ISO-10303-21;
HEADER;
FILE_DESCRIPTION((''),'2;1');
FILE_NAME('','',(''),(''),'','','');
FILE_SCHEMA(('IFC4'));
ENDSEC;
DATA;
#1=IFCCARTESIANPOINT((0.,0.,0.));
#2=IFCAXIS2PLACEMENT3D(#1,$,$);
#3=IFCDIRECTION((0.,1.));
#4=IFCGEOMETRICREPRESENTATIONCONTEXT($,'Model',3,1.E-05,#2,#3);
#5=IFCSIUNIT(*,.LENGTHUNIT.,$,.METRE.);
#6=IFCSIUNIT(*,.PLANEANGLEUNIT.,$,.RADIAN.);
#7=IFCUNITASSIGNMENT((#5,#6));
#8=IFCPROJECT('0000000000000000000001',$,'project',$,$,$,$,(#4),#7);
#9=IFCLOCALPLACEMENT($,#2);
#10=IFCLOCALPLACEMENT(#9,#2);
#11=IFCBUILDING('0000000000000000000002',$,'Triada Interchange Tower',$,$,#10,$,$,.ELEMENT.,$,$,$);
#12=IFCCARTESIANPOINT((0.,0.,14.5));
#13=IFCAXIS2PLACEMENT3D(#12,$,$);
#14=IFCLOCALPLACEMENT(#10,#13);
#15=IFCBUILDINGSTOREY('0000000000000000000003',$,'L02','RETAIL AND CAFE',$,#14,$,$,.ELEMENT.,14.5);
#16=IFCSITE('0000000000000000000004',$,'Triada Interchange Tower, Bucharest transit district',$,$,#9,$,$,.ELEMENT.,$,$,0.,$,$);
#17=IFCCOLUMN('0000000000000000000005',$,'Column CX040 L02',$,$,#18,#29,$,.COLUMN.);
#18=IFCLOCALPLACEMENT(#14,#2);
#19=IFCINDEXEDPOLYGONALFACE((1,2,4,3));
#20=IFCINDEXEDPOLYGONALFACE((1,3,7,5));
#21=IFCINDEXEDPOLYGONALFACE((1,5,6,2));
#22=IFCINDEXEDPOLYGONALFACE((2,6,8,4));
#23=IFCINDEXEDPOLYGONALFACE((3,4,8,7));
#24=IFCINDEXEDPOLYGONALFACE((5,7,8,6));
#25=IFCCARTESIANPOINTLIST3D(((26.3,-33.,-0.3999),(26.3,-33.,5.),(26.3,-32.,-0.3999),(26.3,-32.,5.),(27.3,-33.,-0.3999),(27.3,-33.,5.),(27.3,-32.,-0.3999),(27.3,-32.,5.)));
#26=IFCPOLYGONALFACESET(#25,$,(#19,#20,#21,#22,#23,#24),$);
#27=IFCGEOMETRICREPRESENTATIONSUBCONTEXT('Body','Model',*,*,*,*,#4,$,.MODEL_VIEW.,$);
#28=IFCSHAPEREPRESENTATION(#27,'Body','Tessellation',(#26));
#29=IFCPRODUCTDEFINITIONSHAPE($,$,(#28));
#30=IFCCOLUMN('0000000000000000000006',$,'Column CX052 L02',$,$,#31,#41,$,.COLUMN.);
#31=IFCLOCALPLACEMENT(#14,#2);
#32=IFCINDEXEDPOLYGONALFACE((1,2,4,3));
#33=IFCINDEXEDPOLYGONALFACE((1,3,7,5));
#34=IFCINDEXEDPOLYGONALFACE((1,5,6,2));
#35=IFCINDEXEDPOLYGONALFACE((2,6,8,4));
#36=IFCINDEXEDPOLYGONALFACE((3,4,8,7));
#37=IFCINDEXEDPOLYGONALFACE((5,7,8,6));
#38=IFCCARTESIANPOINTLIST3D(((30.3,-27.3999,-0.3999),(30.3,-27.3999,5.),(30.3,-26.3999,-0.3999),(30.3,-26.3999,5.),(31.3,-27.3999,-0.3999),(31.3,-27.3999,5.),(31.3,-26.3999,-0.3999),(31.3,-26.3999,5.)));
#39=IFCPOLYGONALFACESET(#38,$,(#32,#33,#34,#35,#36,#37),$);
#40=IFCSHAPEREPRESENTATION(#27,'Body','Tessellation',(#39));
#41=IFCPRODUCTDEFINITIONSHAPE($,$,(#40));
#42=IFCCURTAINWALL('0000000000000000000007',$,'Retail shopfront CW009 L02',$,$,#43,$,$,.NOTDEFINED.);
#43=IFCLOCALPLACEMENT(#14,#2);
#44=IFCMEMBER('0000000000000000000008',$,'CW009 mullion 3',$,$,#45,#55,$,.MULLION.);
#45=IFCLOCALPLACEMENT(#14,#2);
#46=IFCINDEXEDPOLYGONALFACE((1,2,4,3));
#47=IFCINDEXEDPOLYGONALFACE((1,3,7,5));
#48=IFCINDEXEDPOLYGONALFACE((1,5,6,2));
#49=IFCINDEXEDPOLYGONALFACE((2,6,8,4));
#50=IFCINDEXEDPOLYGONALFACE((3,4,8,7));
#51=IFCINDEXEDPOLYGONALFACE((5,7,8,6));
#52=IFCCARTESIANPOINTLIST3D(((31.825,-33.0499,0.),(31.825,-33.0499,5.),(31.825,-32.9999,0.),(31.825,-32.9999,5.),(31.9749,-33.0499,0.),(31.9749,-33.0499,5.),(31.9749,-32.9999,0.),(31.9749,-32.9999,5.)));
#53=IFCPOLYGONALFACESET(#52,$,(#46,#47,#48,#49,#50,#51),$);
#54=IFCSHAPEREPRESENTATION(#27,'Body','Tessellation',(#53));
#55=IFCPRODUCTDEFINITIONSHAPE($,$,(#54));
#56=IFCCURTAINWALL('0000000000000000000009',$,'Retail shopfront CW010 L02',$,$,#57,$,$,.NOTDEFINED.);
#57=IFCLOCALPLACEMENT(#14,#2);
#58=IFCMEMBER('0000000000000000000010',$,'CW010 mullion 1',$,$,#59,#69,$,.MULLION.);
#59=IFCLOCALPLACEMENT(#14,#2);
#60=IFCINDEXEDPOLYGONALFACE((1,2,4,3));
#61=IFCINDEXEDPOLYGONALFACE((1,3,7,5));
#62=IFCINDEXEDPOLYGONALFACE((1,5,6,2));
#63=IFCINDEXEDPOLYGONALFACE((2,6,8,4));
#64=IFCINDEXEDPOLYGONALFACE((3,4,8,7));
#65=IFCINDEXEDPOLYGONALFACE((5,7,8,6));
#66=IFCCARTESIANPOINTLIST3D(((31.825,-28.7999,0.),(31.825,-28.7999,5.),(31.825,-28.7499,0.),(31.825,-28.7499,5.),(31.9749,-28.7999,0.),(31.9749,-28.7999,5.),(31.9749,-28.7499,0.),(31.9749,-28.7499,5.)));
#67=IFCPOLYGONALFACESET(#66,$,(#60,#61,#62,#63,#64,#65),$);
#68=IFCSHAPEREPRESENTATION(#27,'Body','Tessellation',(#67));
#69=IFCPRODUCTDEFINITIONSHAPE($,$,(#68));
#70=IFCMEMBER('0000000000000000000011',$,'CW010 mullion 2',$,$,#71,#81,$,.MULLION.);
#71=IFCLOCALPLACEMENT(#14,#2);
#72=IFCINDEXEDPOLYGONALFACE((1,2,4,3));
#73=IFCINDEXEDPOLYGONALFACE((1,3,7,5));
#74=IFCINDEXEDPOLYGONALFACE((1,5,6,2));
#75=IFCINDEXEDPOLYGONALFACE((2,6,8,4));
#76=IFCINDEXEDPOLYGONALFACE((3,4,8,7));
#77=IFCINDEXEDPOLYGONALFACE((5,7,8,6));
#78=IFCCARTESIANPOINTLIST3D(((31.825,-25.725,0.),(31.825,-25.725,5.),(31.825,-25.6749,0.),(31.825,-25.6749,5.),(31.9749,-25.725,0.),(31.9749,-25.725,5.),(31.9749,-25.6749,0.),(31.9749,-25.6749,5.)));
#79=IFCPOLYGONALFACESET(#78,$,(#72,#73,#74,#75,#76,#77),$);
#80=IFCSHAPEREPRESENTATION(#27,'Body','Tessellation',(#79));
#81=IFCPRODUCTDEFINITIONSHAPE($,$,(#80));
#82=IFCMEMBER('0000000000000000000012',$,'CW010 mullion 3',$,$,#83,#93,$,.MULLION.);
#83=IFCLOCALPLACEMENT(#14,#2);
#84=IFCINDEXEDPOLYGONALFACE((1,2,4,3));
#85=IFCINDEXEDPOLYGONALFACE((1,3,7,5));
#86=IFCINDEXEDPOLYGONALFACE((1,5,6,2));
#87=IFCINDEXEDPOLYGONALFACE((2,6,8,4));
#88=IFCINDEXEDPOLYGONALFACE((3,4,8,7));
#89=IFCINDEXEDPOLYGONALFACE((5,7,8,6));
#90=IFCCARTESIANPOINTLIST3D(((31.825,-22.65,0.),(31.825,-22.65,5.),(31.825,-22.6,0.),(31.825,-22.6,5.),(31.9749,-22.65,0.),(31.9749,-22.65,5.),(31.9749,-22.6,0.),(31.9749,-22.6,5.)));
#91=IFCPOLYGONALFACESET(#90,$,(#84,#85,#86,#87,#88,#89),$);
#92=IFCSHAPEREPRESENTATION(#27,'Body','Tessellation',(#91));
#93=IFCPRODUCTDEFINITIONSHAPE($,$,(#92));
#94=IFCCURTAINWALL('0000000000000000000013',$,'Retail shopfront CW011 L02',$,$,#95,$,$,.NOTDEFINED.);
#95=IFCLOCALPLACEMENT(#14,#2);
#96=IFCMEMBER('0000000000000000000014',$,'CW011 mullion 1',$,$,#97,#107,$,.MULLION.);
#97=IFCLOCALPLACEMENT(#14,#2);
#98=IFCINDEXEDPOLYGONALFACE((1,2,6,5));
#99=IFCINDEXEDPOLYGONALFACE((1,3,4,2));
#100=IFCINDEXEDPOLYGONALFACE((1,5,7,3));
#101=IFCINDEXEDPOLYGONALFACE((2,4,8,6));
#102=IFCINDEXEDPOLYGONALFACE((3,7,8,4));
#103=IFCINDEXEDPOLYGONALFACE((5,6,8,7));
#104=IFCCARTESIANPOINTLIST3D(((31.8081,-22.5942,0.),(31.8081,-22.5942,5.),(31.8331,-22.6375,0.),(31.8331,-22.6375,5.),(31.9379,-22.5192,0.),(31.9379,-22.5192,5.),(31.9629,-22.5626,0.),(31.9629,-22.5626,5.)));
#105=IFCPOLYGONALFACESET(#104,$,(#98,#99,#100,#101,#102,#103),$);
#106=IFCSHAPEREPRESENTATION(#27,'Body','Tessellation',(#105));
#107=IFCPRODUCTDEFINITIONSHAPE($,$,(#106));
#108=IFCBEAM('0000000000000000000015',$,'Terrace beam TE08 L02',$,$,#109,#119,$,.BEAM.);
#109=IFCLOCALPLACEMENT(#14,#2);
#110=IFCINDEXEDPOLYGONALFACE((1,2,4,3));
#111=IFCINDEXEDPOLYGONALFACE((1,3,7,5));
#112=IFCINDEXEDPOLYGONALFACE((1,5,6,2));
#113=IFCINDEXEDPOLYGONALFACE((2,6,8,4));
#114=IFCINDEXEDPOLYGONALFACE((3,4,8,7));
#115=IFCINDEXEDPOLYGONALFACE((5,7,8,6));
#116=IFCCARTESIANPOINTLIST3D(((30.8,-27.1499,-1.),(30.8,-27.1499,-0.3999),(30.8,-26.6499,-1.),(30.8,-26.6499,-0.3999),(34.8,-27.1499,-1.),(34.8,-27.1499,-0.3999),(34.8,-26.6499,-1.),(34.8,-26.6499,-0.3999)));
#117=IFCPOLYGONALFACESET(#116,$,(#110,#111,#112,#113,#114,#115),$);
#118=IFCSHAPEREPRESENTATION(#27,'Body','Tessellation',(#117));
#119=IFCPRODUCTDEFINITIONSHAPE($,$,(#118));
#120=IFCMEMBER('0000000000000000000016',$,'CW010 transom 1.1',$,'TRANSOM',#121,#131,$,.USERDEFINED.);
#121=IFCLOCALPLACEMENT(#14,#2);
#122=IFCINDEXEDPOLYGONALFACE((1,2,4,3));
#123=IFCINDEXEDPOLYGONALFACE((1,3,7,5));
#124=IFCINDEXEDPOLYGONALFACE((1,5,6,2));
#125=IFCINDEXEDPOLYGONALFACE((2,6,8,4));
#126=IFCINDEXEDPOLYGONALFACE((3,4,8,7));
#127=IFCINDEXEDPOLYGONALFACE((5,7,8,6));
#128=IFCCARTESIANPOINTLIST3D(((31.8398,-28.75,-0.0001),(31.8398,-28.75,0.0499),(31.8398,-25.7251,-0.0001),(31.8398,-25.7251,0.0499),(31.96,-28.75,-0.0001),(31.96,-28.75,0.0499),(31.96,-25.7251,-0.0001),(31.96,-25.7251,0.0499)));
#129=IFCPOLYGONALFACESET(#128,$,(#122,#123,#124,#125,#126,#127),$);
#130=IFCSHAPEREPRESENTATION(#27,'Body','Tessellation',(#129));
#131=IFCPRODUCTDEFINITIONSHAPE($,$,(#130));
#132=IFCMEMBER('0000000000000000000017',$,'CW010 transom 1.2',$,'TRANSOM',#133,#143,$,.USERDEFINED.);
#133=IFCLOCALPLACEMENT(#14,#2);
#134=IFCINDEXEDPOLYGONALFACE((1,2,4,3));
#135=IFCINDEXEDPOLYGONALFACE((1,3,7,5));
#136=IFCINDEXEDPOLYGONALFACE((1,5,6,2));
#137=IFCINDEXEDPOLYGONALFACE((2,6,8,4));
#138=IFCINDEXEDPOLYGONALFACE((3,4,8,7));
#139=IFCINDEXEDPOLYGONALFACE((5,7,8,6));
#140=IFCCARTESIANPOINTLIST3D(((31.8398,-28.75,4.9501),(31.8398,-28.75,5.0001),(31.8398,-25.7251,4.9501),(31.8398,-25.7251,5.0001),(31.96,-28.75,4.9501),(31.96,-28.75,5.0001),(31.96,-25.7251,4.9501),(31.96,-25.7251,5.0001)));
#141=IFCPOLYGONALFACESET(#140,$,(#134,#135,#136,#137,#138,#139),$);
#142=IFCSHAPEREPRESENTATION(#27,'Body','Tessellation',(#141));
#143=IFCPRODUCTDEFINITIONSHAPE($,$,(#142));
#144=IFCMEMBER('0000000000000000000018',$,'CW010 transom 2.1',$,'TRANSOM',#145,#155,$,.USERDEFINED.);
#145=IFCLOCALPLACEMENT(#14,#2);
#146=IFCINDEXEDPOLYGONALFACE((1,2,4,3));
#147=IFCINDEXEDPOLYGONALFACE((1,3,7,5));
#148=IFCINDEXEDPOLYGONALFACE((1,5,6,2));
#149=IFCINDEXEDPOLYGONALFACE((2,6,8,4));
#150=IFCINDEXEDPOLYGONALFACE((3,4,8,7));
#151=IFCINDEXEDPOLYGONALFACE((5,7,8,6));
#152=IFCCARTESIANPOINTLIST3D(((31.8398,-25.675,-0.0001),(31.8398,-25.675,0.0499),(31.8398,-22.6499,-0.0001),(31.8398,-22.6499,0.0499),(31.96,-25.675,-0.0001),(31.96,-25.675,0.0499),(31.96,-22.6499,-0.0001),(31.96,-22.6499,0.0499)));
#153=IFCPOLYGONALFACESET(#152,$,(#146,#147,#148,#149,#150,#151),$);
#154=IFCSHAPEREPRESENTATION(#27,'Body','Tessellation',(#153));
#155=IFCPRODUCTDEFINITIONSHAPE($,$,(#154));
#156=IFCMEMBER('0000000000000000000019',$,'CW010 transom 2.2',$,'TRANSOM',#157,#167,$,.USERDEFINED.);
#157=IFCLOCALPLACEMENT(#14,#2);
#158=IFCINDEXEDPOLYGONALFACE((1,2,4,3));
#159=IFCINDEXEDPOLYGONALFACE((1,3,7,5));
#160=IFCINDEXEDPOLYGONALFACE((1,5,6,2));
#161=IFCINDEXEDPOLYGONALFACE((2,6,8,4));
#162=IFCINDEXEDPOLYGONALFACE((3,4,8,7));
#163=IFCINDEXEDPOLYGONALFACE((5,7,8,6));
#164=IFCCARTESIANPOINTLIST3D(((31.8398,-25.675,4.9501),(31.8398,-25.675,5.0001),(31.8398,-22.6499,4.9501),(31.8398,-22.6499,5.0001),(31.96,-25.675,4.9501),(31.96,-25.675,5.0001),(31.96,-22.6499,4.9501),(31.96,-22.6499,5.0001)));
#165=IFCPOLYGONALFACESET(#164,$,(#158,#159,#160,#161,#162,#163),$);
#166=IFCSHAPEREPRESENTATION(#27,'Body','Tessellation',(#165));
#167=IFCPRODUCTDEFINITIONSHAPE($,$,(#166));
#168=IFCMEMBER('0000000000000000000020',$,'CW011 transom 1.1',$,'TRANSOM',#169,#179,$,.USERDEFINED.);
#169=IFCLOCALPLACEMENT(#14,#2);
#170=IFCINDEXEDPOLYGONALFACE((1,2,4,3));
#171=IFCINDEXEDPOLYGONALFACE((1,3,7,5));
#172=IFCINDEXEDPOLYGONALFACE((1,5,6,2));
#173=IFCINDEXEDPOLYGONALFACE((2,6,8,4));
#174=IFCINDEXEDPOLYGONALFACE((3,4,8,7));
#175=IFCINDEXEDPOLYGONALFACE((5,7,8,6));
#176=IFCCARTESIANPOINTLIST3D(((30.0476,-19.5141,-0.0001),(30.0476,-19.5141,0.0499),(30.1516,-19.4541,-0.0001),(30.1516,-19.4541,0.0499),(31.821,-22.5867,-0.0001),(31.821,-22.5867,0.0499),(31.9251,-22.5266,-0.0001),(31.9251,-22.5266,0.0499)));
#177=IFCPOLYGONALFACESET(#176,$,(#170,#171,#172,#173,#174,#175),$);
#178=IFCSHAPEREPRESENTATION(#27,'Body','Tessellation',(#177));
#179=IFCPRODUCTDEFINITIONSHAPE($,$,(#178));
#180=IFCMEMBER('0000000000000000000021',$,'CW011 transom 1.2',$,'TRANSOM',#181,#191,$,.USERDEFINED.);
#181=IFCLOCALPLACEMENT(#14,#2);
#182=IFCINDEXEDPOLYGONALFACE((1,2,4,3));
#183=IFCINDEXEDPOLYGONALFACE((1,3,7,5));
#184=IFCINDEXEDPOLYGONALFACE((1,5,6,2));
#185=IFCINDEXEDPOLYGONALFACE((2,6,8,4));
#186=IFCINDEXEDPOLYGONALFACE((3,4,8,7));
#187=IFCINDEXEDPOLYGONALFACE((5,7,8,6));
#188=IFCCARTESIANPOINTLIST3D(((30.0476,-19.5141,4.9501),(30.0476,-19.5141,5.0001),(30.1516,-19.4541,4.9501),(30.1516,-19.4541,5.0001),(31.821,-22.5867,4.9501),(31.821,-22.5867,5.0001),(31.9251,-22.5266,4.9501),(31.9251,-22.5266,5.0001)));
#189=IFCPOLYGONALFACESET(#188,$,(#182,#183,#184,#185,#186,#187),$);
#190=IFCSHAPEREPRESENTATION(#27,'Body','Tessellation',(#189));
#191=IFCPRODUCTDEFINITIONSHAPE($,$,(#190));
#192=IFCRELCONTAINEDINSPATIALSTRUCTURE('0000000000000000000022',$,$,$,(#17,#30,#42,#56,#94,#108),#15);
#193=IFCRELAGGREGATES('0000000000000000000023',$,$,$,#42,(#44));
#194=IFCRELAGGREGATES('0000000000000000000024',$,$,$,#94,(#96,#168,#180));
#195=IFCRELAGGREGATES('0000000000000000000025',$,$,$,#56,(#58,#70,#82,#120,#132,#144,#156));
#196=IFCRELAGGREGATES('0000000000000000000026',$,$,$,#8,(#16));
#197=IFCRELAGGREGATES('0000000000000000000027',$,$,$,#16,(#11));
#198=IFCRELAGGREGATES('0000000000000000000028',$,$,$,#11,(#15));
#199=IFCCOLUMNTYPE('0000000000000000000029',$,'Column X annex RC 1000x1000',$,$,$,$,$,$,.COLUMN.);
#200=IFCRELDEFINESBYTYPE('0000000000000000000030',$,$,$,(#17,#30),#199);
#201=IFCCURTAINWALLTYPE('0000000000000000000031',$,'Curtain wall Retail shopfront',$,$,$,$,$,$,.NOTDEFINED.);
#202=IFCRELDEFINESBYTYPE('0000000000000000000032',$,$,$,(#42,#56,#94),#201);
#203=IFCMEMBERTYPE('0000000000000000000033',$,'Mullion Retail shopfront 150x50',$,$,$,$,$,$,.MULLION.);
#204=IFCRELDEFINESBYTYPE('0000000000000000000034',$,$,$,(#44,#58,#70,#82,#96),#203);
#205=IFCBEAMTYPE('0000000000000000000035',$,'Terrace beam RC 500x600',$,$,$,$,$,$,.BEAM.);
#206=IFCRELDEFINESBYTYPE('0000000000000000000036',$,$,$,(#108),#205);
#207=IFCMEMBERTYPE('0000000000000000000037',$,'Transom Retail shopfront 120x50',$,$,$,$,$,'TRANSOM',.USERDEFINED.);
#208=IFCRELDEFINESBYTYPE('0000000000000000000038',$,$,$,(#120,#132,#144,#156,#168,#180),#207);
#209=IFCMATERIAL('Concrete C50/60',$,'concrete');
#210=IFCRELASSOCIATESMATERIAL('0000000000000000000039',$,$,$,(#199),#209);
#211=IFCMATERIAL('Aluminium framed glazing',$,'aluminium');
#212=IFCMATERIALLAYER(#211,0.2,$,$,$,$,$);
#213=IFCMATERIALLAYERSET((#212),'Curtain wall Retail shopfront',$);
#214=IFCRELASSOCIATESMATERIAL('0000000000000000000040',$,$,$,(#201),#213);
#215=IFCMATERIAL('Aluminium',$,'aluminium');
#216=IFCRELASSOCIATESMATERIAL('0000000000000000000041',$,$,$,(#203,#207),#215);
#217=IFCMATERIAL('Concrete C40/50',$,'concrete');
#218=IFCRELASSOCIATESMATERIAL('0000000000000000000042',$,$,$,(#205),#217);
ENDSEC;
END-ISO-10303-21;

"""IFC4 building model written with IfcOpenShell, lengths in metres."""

from ifc_helpers import new_model, si_unit, direction, frame, origin, origin_2d, place, context, subcontext, project, spatial, rectangle, extrude, material, layer, layer_set, material_profile, profile_set, type_object, element, aggregate, save


model = new_model("IFC4")

# Units and contexts
model_context = context("Model", 3, precision=1e-05, world=origin(), true_north=direction((0.0, 1.0)))
body_context = subcontext(model_context, "Body", "Model", "MODEL_VIEW")
ifc_project = project(units=[si_unit("LENGTHUNIT", "METRE"), si_unit("PLANEANGLEUNIT", "RADIAN")], contexts=[model_context])

# Site, building, storey
site_placement = place(None, origin())
site = spatial("IfcSite", under=ifc_project, at=site_placement, Name="Triada Interchange Tower, Bucharest transit district", CompositionType="ELEMENT", RefElevation=0.0)
building_placement = place(site_placement, origin())
building = spatial("IfcBuilding", under=site, at=building_placement, Name="Triada Interchange Tower", CompositionType="ELEMENT")
storey_placement = place(building_placement, frame((0.0, 0.0, 14.5)))
storey = spatial("IfcBuildingStorey", under=building, at=storey_placement, Name="L02", Description="RETAIL AND CAFE", CompositionType="ELEMENT", Elevation=14.5)

# Columns
ifc_material_1 = material(Name="Concrete C50/60", Category="concrete")
ifc_material_profile_1 = material_profile(ifc_material_1, rectangle(XDim=1.0, YDim=1.0, at=origin_2d()), Name="RC 1000x1000")
ifc_profile_set_1 = profile_set([ifc_material_profile_1], Name="Concrete C50/60")
column_type = type_object("IfcColumnType", Name="Column X annex RC 1000x1000", PredefinedType="COLUMN", material=ifc_profile_set_1)
for number, where, z_axis, x_axis, name in (
    (1, (26.8, -32.5, -0.3999), (0.0, 0.0, 1.0), (1.0, 0.0, 0.0), "Column CX040 L02"),
    (2, (30.8, -26.8999, -0.3999), (0.0, 0.0, 1.0), (1.0, 0.0, 0.0), "Column CX052 L02"),
):
    element("IfcColumn", number, at=place(storey_placement, frame(where, z_axis=z_axis, x_axis=x_axis)), inside=storey, type_object=column_type, Name=name, PredefinedType="COLUMN", context=body_context, shape_type="SweptSolid", body=[
        extrude(rectangle(XDim=1.0, YDim=1.0, at=origin_2d()), origin(), (0.0, 0.0, 1.0), 5.3999),
    ])

# Curtain wall, member
ifc_material_2 = material(Name="Aluminium framed glazing", Category="aluminium")
ifc_layer_1 = layer(ifc_material_2, 0.2)
ifc_layer_set_1 = layer_set([ifc_layer_1], Name="Curtain wall Retail shopfront")
curtain_wall_type = type_object("IfcCurtainWallType", Name="Curtain wall Retail shopfront", PredefinedType="NOTDEFINED", material=ifc_layer_set_1)
curtain_wall_1_placement = place(storey_placement, origin())
curtain_wall_1 = element("IfcCurtainWall", 3, at=curtain_wall_1_placement, inside=storey, type_object=curtain_wall_type, Name="Retail shopfront CW009 L02", PredefinedType="NOTDEFINED")
ifc_material_3 = material(Name="Aluminium", Category="aluminium")
ifc_material_profile_2 = material_profile(ifc_material_3, rectangle(XDim=0.1499, YDim=0.05, at=origin_2d()), Name="Aluminium mullion")
ifc_profile_set_2 = profile_set([ifc_material_profile_2], Name="Aluminium")
member_type_1 = type_object("IfcMemberType", Name="Mullion Retail shopfront 150x50", PredefinedType="MULLION", material=ifc_profile_set_2)
member_1_placement = place(storey_placement, frame((31.8999, -33.0249, 0.0), z_axis=(0.0, 0.0, 1.0), x_axis=(-1.0, 0.0, 0.0)))
member_1 = element("IfcMember", 4, at=member_1_placement, type_object=member_type_1, Name="CW009 mullion 3", PredefinedType="MULLION", context=body_context, shape_type="SweptSolid", body=[
    extrude(rectangle(XDim=0.1499, YDim=0.05, at=origin_2d()), origin(), (0.0, 0.0, 1.0), 5.0),
])
aggregate(curtain_wall_1, [member_1])

# Curtain wall, members
curtain_wall_2_placement = place(storey_placement, origin())
curtain_wall_2 = element("IfcCurtainWall", 5, at=curtain_wall_2_placement, inside=storey, type_object=curtain_wall_type, Name="Retail shopfront CW010 L02", PredefinedType="NOTDEFINED")
member_2_placement = place(storey_placement, frame((31.8999, -28.7749, 0.0), z_axis=(0.0, 0.0, 1.0), x_axis=(-1.0, 0.0, 0.0)))
member_2 = element("IfcMember", 6, at=member_2_placement, type_object=member_type_1, Name="CW010 mullion 1", PredefinedType="MULLION", context=body_context, shape_type="SweptSolid", body=[
    extrude(rectangle(XDim=0.1499, YDim=0.05, at=origin_2d()), origin(), (0.0, 0.0, 1.0), 5.0),
])
member_3_placement = place(storey_placement, frame((31.8999, -25.7, 0.0), z_axis=(0.0, 0.0, 1.0), x_axis=(-1.0, 0.0, 0.0)))
member_3 = element("IfcMember", 7, at=member_3_placement, type_object=member_type_1, Name="CW010 mullion 2", PredefinedType="MULLION", context=body_context, shape_type="SweptSolid", body=[
    extrude(rectangle(XDim=0.1499, YDim=0.05, at=origin_2d()), origin(), (0.0, 0.0, 1.0), 5.0),
])
member_4_placement = place(storey_placement, frame((31.8999, -22.625, 0.0), z_axis=(0.0, 0.0, 1.0), x_axis=(-1.0, 0.0, 0.0)))
member_4 = element("IfcMember", 8, at=member_4_placement, type_object=member_type_1, Name="CW010 mullion 3", PredefinedType="MULLION", context=body_context, shape_type="SweptSolid", body=[
    extrude(rectangle(XDim=0.1499, YDim=0.05, at=origin_2d()), origin(), (0.0, 0.0, 1.0), 5.0),
])

# Curtain wall, member
curtain_wall_3_placement = place(storey_placement, origin())
curtain_wall_3 = element("IfcCurtainWall", 9, at=curtain_wall_3_placement, inside=storey, type_object=curtain_wall_type, Name="Retail shopfront CW011 L02", PredefinedType="NOTDEFINED")
member_5_placement = place(storey_placement, frame((31.8855, -22.5784, 0.0), z_axis=(0.0, 0.0, 1.0), x_axis=(-0.866078, -0.49991, 0.0)))
member_5 = element("IfcMember", 10, at=member_5_placement, type_object=member_type_1, Name="CW011 mullion 1", PredefinedType="MULLION", context=body_context, shape_type="SweptSolid", body=[
    extrude(rectangle(XDim=0.1499, YDim=0.05, at=origin_2d()), origin(), (0.0, 0.0, 1.0), 5.0),
])

# Beam
ifc_material_4 = material(Name="Concrete C40/50", Category="concrete")
ifc_material_profile_3 = material_profile(ifc_material_4, rectangle(XDim=0.5, YDim=0.6001, at=origin_2d()), Name="RC 500x600")
ifc_profile_set_3 = profile_set([ifc_material_profile_3], Name="Concrete C40/50")
beam_type = type_object("IfcBeamType", Name="Terrace beam RC 500x600", PredefinedType="BEAM", material=ifc_profile_set_3)
beam_placement = place(storey_placement, frame((34.8, -26.8999, -0.7), z_axis=(-1.0, 0.0, 0.0), x_axis=(0.0, -1.0, 0.0)))
element("IfcBeam", 11, at=beam_placement, inside=storey, type_object=beam_type, Name="Terrace beam TE08 L02", PredefinedType="BEAM", context=body_context, shape_type="SweptSolid", body=[
    extrude(rectangle(XDim=0.5, YDim=0.6001, at=origin_2d()), origin(), (0.0, 0.0, 1.0), 4.0),
])

# Members
ifc_material_profile_4 = material_profile(ifc_material_3, rectangle(XDim=0.1201, YDim=0.05, at=origin_2d()), Name="Aluminium transom")
ifc_profile_set_4 = profile_set([ifc_material_profile_4], Name="Aluminium")
member_type_2 = type_object("IfcMemberType", Name="Transom Retail shopfront 120x50", ElementType="TRANSOM", PredefinedType="USERDEFINED", material=ifc_profile_set_4)
member_6_placement = place(storey_placement, frame((31.8999, -28.75, 0.0249), z_axis=(0.0, 1.0, 0.0), x_axis=(-1.0, 0.0, 0.0)))
member_6 = element("IfcMember", 12, at=member_6_placement, type_object=member_type_2, Name="CW010 transom 1.1", ObjectType="TRANSOM", PredefinedType="USERDEFINED", context=body_context, shape_type="SweptSolid", body=[
    extrude(rectangle(XDim=0.1201, YDim=0.05, at=origin_2d()), origin(), (0.0, 0.0, 1.0), 3.0249),
])
member_7_placement = place(storey_placement, frame((31.8999, -28.75, 4.9751), z_axis=(0.0, 1.0, 0.0), x_axis=(-1.0, 0.0, 0.0)))
member_7 = element("IfcMember", 13, at=member_7_placement, type_object=member_type_2, Name="CW010 transom 1.2", ObjectType="TRANSOM", PredefinedType="USERDEFINED", context=body_context, shape_type="SweptSolid", body=[
    extrude(rectangle(XDim=0.1201, YDim=0.05, at=origin_2d()), origin(), (0.0, 0.0, 1.0), 3.0249),
])
member_8_placement = place(storey_placement, frame((31.8999, -25.675, 0.0249), z_axis=(0.0, 1.0, 0.0), x_axis=(-1.0, 0.0, 0.0)))
member_8 = element("IfcMember", 14, at=member_8_placement, type_object=member_type_2, Name="CW010 transom 2.1", ObjectType="TRANSOM", PredefinedType="USERDEFINED", context=body_context, shape_type="SweptSolid", body=[
    extrude(rectangle(XDim=0.1201, YDim=0.05, at=origin_2d()), origin(), (0.0, 0.0, 1.0), 3.0251),
])
member_9_placement = place(storey_placement, frame((31.8999, -25.675, 4.9751), z_axis=(0.0, 1.0, 0.0), x_axis=(-1.0, 0.0, 0.0)))
member_9 = element("IfcMember", 15, at=member_9_placement, type_object=member_type_2, Name="CW010 transom 2.2", ObjectType="TRANSOM", PredefinedType="USERDEFINED", context=body_context, shape_type="SweptSolid", body=[
    extrude(rectangle(XDim=0.1201, YDim=0.05, at=origin_2d()), origin(), (0.0, 0.0, 1.0), 3.0251),
])
member_10_placement = place(storey_placement, frame((31.873, -22.5566, 0.0249), z_axis=(-0.499899, 0.866084, 0.0), x_axis=(-0.866084, -0.499899, 0.0)))
member_10 = element("IfcMember", 16, at=member_10_placement, type_object=member_type_2, Name="CW011 transom 1.1", ObjectType="TRANSOM", PredefinedType="USERDEFINED", context=body_context, shape_type="SweptSolid", body=[
    extrude(rectangle(XDim=0.1201, YDim=0.05, at=origin_2d()), origin(), (0.0, 0.0, 1.0), 3.5476),
])
member_11_placement = place(storey_placement, frame((31.873, -22.5566, 4.9751), z_axis=(-0.499899, 0.866084, 0.0), x_axis=(-0.866084, -0.499899, 0.0)))
member_11 = element("IfcMember", 17, at=member_11_placement, type_object=member_type_2, Name="CW011 transom 1.2", ObjectType="TRANSOM", PredefinedType="USERDEFINED", context=body_context, shape_type="SweptSolid", body=[
    extrude(rectangle(XDim=0.1201, YDim=0.05, at=origin_2d()), origin(), (0.0, 0.0, 1.0), 3.5476),
])
aggregate(curtain_wall_3, [member_5, member_10, member_11])

aggregate(curtain_wall_2, [member_2, member_3, member_4, member_6, member_7, member_8, member_9])

save(model, "model.ifc")
